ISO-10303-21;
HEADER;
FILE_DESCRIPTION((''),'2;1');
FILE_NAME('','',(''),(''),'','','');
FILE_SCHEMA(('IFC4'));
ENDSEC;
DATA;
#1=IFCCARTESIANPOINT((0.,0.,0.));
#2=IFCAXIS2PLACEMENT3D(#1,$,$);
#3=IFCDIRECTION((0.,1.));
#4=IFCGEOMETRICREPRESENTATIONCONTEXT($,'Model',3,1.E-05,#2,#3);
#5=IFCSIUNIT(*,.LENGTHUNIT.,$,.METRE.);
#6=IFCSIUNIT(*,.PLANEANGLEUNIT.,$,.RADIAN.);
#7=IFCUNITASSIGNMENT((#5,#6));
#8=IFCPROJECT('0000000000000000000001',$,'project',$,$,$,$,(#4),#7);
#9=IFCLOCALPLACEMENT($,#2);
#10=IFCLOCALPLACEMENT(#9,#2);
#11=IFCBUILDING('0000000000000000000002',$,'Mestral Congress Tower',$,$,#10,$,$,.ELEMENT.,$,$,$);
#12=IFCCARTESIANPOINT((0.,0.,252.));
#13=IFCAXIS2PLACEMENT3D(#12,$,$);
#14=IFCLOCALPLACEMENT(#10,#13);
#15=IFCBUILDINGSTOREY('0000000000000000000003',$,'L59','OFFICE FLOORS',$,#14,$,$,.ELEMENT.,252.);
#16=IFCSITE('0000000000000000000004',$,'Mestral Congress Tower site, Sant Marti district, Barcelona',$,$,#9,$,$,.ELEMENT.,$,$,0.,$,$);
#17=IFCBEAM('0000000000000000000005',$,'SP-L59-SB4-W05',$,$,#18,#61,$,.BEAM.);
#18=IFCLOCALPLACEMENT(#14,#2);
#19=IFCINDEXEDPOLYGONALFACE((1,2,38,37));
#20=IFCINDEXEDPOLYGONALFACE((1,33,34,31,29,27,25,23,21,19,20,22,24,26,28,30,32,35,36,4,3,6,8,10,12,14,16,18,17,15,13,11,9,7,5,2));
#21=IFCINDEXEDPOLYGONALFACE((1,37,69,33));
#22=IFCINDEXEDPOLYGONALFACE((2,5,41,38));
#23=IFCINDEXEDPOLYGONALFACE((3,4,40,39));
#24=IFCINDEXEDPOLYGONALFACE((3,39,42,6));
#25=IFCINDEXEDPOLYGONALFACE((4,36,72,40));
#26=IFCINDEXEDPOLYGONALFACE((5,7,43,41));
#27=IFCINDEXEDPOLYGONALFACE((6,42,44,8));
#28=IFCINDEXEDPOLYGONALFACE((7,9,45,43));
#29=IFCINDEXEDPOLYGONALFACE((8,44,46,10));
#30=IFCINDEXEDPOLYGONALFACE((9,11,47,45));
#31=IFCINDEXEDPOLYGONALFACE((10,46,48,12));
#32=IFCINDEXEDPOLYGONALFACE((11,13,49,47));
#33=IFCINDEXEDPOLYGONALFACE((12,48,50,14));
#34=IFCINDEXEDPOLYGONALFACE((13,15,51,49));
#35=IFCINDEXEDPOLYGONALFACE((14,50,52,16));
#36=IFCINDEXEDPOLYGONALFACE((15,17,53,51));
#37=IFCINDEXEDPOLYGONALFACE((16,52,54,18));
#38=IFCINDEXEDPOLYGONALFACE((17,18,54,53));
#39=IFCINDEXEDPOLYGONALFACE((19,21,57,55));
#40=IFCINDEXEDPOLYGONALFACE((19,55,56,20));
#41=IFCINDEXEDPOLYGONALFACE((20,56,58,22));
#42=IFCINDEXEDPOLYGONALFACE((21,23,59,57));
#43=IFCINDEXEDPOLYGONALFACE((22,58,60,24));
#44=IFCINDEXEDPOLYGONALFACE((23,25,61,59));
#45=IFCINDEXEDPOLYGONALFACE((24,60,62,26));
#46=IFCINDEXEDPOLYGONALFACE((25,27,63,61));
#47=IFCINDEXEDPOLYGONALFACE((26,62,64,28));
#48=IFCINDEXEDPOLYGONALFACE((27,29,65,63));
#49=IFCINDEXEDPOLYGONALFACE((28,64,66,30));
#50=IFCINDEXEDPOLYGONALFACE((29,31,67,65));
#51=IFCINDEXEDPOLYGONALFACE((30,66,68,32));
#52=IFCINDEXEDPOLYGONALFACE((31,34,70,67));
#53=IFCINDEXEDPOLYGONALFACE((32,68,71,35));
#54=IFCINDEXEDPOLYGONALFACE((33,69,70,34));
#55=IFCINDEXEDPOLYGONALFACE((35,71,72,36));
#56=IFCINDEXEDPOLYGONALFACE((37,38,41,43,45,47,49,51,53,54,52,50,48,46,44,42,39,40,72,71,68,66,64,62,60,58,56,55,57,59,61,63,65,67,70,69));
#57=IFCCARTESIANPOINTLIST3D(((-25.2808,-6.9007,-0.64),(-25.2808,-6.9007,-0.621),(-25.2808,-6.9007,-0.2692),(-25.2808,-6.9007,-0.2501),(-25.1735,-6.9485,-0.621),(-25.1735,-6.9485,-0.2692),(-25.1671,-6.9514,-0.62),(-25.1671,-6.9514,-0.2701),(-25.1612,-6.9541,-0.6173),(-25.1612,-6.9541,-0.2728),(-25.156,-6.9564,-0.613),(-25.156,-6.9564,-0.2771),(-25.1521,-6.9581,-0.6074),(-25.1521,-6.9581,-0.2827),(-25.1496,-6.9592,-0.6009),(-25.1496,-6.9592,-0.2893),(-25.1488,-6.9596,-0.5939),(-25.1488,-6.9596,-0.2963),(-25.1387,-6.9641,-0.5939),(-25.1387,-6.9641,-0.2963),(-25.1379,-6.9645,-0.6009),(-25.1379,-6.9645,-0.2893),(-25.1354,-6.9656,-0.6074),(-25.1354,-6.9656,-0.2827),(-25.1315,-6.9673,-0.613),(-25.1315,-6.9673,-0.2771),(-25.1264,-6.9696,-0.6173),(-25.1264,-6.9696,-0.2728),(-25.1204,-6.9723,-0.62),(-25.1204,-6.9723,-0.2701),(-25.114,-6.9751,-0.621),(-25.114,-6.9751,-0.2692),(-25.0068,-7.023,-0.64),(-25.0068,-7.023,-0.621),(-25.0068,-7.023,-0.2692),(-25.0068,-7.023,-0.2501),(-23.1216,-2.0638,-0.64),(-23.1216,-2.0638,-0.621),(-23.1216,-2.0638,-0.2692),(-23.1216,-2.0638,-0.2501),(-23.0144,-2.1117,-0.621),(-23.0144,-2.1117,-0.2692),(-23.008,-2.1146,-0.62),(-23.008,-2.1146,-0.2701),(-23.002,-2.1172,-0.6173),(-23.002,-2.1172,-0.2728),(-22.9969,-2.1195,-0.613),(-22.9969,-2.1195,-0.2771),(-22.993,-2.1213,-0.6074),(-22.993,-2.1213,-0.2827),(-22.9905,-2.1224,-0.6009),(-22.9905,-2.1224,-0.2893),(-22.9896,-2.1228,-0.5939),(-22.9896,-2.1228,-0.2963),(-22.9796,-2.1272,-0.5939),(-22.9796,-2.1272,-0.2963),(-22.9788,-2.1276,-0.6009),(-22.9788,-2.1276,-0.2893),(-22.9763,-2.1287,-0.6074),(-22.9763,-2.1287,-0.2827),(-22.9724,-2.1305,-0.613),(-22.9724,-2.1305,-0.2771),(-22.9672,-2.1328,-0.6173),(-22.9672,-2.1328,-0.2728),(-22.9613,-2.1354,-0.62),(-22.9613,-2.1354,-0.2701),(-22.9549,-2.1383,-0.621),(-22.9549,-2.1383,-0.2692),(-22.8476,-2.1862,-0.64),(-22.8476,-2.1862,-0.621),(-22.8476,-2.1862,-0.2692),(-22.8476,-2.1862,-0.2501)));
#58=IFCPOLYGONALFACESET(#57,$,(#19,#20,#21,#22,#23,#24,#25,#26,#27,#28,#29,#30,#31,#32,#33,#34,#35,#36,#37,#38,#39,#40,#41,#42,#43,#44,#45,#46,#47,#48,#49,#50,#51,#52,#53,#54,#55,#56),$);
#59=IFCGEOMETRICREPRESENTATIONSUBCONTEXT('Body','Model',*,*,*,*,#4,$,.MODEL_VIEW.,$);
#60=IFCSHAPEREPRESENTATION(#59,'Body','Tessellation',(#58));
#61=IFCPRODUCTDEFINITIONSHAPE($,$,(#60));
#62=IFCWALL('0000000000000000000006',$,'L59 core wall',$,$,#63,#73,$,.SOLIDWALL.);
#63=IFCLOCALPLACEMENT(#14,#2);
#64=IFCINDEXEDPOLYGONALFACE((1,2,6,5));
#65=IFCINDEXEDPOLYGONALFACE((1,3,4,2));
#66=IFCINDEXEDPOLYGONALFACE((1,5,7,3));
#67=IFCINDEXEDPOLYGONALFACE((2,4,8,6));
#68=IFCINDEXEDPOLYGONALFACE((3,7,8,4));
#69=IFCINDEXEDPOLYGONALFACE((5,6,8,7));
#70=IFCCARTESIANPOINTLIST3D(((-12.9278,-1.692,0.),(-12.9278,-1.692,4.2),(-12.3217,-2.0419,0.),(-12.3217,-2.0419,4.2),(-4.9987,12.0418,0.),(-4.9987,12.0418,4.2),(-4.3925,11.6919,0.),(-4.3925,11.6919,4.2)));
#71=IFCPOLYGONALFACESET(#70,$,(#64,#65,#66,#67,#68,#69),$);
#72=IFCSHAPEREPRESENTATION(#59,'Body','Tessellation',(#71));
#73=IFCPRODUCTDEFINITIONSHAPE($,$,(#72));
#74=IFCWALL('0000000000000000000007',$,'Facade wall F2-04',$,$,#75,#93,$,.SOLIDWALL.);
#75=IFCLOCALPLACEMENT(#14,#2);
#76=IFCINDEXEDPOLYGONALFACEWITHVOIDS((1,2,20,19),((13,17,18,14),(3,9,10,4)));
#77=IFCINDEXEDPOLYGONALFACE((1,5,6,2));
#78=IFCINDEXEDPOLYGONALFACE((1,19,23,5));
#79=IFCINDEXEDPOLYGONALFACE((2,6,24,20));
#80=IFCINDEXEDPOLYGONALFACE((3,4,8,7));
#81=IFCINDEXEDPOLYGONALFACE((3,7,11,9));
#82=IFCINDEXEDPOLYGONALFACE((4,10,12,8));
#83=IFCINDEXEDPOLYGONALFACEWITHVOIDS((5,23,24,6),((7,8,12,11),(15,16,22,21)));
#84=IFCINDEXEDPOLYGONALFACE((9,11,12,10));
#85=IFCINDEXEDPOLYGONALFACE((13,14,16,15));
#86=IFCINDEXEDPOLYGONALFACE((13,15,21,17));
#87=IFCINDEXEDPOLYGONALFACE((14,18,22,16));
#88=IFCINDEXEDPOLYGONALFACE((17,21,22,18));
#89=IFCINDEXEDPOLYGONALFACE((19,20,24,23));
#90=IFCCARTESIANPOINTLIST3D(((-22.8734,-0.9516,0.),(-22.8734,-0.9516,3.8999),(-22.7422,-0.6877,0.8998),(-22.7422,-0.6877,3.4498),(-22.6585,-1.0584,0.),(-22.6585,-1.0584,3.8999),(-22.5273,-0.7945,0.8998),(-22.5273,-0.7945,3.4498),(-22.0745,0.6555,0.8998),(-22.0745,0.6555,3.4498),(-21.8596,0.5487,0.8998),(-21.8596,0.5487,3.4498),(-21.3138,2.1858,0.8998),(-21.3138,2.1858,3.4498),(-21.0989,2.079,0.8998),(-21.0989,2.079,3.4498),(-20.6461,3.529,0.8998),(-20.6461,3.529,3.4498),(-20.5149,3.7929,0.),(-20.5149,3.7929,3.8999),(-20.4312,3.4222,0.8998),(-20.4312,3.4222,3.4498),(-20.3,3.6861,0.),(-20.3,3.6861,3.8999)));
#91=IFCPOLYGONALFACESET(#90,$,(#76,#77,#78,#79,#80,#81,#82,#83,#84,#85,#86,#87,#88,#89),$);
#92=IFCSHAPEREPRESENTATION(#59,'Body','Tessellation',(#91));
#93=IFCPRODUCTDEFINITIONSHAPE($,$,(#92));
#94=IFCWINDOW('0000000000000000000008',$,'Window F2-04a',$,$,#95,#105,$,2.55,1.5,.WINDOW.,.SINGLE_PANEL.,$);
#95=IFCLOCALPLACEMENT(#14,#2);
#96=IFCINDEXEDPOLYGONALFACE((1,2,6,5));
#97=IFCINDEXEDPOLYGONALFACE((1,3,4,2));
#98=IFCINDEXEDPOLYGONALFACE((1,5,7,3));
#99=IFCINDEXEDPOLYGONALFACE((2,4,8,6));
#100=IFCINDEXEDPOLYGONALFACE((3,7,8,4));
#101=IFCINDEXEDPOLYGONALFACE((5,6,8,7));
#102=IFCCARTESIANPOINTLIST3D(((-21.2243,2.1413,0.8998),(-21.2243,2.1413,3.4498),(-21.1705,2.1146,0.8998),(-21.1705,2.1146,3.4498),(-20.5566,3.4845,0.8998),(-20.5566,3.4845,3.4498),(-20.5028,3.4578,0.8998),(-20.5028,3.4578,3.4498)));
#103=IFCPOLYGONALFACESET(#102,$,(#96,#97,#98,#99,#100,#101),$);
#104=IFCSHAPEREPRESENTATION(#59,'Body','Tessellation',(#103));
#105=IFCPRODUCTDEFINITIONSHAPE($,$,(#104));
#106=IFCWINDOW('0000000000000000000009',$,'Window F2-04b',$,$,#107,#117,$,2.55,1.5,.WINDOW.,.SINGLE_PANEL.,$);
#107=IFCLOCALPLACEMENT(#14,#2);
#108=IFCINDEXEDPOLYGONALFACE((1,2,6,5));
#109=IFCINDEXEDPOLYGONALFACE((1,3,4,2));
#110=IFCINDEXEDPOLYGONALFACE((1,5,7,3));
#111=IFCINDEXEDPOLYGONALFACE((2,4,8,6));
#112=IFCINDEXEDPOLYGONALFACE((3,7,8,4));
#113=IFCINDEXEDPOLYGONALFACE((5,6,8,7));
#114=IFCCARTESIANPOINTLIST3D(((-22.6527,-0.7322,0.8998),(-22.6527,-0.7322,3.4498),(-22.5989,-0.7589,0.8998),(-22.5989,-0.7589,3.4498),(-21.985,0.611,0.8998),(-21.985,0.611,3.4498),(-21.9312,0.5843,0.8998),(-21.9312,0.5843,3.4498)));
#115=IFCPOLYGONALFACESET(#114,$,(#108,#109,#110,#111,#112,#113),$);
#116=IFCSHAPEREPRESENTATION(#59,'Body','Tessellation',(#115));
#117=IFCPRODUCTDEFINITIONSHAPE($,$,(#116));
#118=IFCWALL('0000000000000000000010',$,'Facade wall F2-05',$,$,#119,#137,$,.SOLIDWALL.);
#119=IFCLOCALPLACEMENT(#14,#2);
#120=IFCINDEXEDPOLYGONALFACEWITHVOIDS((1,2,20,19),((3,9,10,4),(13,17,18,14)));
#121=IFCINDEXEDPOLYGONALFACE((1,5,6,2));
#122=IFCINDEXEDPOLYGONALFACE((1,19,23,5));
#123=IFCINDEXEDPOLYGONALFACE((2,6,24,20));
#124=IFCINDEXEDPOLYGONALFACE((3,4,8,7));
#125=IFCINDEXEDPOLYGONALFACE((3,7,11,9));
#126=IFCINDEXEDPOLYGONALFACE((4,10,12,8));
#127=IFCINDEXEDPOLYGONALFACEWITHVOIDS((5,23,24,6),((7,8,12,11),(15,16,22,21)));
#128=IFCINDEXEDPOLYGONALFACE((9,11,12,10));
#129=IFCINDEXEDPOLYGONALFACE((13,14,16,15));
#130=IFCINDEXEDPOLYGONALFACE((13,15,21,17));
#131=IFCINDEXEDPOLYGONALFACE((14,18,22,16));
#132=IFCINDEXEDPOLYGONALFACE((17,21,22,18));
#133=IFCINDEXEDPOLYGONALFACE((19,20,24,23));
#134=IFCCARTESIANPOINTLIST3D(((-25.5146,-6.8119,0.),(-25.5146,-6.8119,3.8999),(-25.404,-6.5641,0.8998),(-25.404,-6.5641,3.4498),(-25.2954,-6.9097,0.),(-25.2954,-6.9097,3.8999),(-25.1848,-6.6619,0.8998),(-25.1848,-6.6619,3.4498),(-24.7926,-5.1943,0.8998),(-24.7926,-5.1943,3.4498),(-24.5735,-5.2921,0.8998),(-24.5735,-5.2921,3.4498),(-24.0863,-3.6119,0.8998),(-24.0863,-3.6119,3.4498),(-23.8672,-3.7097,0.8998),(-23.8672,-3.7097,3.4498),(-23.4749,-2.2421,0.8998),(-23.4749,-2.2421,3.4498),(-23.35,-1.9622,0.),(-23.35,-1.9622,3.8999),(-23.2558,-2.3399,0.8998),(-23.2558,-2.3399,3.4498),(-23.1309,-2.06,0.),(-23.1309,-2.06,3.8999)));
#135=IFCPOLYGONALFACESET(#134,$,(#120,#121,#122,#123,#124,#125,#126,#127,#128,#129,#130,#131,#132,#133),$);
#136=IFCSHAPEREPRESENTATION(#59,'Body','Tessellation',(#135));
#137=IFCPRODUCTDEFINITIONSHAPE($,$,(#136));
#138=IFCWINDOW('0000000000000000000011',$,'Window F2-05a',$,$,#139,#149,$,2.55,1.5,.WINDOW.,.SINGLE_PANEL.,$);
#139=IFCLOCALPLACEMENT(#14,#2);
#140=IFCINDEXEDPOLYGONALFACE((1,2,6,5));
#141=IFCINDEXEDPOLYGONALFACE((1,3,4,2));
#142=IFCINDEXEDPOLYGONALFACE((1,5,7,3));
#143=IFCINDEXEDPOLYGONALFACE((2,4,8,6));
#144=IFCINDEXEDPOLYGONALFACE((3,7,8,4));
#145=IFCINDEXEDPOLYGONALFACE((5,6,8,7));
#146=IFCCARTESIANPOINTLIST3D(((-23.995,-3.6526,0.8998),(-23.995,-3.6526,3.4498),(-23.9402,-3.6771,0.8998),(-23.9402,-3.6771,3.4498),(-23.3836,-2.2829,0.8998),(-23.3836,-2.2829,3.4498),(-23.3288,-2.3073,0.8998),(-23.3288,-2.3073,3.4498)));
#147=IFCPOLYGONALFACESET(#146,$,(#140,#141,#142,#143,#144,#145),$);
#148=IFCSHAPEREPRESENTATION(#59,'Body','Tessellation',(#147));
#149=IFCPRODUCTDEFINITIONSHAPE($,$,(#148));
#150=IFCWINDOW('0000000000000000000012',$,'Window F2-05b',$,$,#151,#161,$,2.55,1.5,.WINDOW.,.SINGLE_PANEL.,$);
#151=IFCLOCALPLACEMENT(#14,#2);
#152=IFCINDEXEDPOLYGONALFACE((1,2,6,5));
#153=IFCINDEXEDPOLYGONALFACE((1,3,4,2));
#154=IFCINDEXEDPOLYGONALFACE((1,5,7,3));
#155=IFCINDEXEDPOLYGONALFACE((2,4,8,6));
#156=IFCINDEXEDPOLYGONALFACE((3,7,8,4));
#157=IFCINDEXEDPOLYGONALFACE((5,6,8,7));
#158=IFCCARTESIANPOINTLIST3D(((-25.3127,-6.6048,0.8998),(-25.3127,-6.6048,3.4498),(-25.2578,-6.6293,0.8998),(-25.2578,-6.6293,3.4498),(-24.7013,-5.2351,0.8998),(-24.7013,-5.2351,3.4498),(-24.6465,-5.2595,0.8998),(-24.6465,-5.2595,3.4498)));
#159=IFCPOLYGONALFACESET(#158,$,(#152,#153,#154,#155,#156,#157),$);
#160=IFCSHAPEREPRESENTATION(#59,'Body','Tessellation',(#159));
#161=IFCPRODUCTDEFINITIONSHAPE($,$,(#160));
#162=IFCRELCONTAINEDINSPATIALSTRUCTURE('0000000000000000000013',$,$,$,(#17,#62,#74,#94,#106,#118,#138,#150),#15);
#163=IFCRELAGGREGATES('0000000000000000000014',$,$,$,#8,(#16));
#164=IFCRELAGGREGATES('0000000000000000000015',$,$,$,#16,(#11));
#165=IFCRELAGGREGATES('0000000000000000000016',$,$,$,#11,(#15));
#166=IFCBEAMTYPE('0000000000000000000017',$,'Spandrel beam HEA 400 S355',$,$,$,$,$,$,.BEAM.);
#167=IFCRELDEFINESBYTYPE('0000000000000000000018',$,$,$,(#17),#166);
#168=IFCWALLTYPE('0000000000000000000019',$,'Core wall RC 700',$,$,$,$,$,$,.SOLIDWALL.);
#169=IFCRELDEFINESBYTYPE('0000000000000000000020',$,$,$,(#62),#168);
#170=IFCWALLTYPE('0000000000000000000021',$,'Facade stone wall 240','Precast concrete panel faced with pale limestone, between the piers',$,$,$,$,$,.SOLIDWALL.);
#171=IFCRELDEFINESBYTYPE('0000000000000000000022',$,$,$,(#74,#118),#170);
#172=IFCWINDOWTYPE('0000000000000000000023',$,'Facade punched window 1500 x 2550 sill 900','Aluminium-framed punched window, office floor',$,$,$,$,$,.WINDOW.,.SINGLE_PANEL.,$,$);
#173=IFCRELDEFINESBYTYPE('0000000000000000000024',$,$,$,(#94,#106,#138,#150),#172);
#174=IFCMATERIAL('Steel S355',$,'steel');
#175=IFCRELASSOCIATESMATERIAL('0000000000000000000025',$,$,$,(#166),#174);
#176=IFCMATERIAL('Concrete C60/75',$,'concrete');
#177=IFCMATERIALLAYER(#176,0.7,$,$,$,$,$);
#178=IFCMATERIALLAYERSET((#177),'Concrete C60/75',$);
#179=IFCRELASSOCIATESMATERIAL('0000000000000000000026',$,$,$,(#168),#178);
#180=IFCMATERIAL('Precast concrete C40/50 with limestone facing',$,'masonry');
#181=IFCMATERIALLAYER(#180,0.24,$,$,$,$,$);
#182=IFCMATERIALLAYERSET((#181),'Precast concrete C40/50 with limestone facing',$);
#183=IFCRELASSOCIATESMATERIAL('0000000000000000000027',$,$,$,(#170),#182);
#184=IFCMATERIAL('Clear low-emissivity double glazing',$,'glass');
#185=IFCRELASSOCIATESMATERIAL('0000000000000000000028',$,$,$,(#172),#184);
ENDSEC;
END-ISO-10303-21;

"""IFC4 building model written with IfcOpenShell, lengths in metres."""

from ifc_helpers import new_model, si_unit, direction, frame, frame_2d, origin, origin_2d, place, context, subcontext, project, spatial, rectangle, i_section, extrude, material, layer, layer_set, material_profile, profile_set, type_object, element, fill, save


model = new_model("IFC4")

# Units and contexts
model_context = context("Model", 3, precision=1e-05, world=origin(), true_north=direction((0.0, 1.0)))
body_context = subcontext(model_context, "Body", "Model", "MODEL_VIEW")
ifc_project = project(units=[si_unit("LENGTHUNIT", "METRE"), si_unit("PLANEANGLEUNIT", "RADIAN")], contexts=[model_context])

# Site, building, storey
site_placement = place(None, origin())
site = spatial("IfcSite", under=ifc_project, at=site_placement, Name="Mestral Congress Tower site, Sant Marti district, Barcelona", CompositionType="ELEMENT", RefElevation=0.0)
building_placement = place(site_placement, origin())
building = spatial("IfcBuilding", under=site, at=building_placement, Name="Mestral Congress Tower", CompositionType="ELEMENT")
storey_placement = place(building_placement, frame((0.0, 0.0, 252.0)))
storey = spatial("IfcBuildingStorey", under=building, at=storey_placement, Name="L59", Description="OFFICE FLOORS", CompositionType="ELEMENT", Elevation=252.0)

# Shared definitions
ifc_material_1 = material(Name="Concrete C60/75", Category="concrete")

# Beam
ifc_material_2 = material(Name="Steel S355", Category="steel")
ifc_material_profile_1 = material_profile(ifc_material_2, i_section(OverallWidth=0.3, OverallDepth=0.3899, WebThickness=0.011, FlangeThickness=0.019, FilletRadius=0.0271, at=origin_2d()), Name="HEA 400")
ifc_profile_set_1 = profile_set([ifc_material_profile_1], Name="Steel S355")
beam_type_1 = type_object("IfcBeamType", Name="Spandrel beam HEA 400 S355", PredefinedType="BEAM", material=ifc_profile_set_1)
beam_1_placement = place(storey_placement, frame((-22.9846, -2.125, -0.4451), z_axis=(-0.407626, -0.913149, 0.0), x_axis=(0.913149, -0.407626, 0.0)))
element("IfcBeam", 1, at=beam_1_placement, inside=storey, type_object=beam_type_1, Name="SP-L59-SB4-W05", PredefinedType="BEAM", context=body_context, shape_type="SweptSolid", body=[
    extrude(i_section(OverallWidth=0.3, OverallDepth=0.3899, WebThickness=0.011, FlangeThickness=0.019, FilletRadius=0.0271, at=origin_2d()), origin(), (0.0, 0.0, 1.0), 5.2969),
])

# Wall
ifc_layer_1 = layer(ifc_material_1, 0.7)
ifc_layer_set_1 = layer_set([ifc_layer_1], Name="Concrete C60/75")
wall_type_1 = type_object("IfcWallType", Name="Core wall RC 700", PredefinedType="SOLIDWALL", material=ifc_layer_set_1)
wall_1_placement = place(storey_placement, frame((-12.6248, -1.8669, 0.0), z_axis=(0.0, 0.0, 1.0), x_axis=(0.499997, 0.866027, 0.0)))
element("IfcWall", 2, at=wall_1_placement, inside=storey, type_object=wall_type_1, Name="L59 core wall", PredefinedType="SOLIDWALL", context=body_context, shape_type="SweptSolid", body=[
    extrude(rectangle(XDim=15.8584, YDim=0.7, at=frame_2d((7.9292, 0.0))), origin(), (0.0, 0.0, 1.0), 4.2),
])

# Walls, openings, windows
ifc_material_3 = material(Name="Precast concrete C40/50 with limestone facing", Category="masonry")
ifc_layer_2 = layer(ifc_material_3, 0.24)
ifc_layer_set_2 = layer_set([ifc_layer_2], Name="Precast concrete C40/50 with limestone facing")
wall_type_2 = type_object("IfcWallType", Name="Facade stone wall 240", Description="Precast concrete panel faced with pale limestone, between the piers", PredefinedType="SOLIDWALL", material=ifc_layer_set_2)
wall_2_placement = place(storey_placement, frame((-20.4075, 3.7395, 0.0), z_axis=(0.0, 0.0, 1.0), x_axis=(-0.44513, -0.895466, 0.0)))
wall_2 = element("IfcWall", 3, at=wall_2_placement, inside=storey, type_object=wall_type_2, Name="Facade wall F2-04", PredefinedType="SOLIDWALL", context=body_context, shape_type="SweptSolid", body=[
    extrude(rectangle(XDim=5.2983, YDim=0.24, at=frame_2d((2.6492, 0.0))), origin(), (0.0, 0.0, 1.0), 3.8999),
])
opening_1_placement = place(wall_2_placement, frame((0.2947, 0.0, 0.8999)))
opening_1 = element("IfcOpeningElement", 4, at=opening_1_placement, cuts=wall_2, PredefinedType="OPENING", context=body_context, shape_type="SweptSolid", body=[
    extrude(rectangle(XDim=1.5, YDim=2.55, at=frame_2d((0.75, 1.2749))), frame((0.0, 0.1299, 0.0), z_axis=(0.0, -1.0, 0.0), x_axis=(1.0, 0.0, 0.0)), (0.0, 0.0, 1.0), 0.26),
])
opening_2_placement = place(wall_2_placement, frame((3.5037, 0.0, 0.8999)))
opening_2 = element("IfcOpeningElement", 5, at=opening_2_placement, cuts=wall_2, PredefinedType="OPENING", context=body_context, shape_type="SweptSolid", body=[
    extrude(rectangle(XDim=1.5, YDim=2.55, at=frame_2d((0.75, 1.2749))), frame((0.0, 0.1299, 0.0), z_axis=(0.0, -1.0, 0.0), x_axis=(1.0, 0.0, 0.0)), (0.0, 0.0, 1.0), 0.26),
])
ifc_material_4 = material(Name="Clear low-emissivity double glazing", Category="glass")
window_type = type_object("IfcWindowType", Name="Facade punched window 1500 x 2550 sill 900", Description="Aluminium-framed punched window, office floor", PartitioningType="SINGLE_PANEL", PredefinedType="WINDOW", material=ifc_material_4)
window_1_placement = place(opening_1_placement, origin())
window_1 = element("IfcWindow", 6, at=window_1_placement, inside=storey, type_object=window_type, Name="Window F2-04a", OverallHeight=2.55, OverallWidth=1.5, PartitioningType="SINGLE_PANEL", PredefinedType="WINDOW", context=body_context, shape_type="SweptSolid", body=[
    extrude(rectangle(XDim=1.5, YDim=2.55, at=frame_2d((0.75, 1.2749))), frame((0.0, 0.04, 0.0), z_axis=(0.0, -1.0, 0.0), x_axis=(1.0, 0.0, 0.0)), (0.0, 0.0, 1.0), 0.0601),
])
fill(opening_1, window_1)
window_2_placement = place(opening_2_placement, origin())
window_2 = element("IfcWindow", 7, at=window_2_placement, inside=storey, type_object=window_type, Name="Window F2-04b", OverallHeight=2.55, OverallWidth=1.5, PartitioningType="SINGLE_PANEL", PredefinedType="WINDOW", context=body_context, shape_type="SweptSolid", body=[
    extrude(rectangle(XDim=1.5, YDim=2.55, at=frame_2d((0.75, 1.2749))), frame((0.0, 0.04, 0.0), z_axis=(0.0, -1.0, 0.0), x_axis=(1.0, 0.0, 0.0)), (0.0, 0.0, 1.0), 0.0601),
])
fill(opening_2, window_2)
wall_3_placement = place(storey_placement, frame((-23.2405, -2.0112, 0.0), z_axis=(0.0, 0.0, 1.0), x_axis=(-0.40758, -0.91317, 0.0)))
wall_3 = element("IfcWall", 8, at=wall_3_placement, inside=storey, type_object=wall_type_2, Name="Facade wall F2-05", PredefinedType="SOLIDWALL", context=body_context, shape_type="SweptSolid", body=[
    extrude(rectangle(XDim=5.3108, YDim=0.24, at=frame_2d((2.6553, 0.0))), origin(), (0.0, 0.0, 1.0), 3.8999),
])
opening_3_placement = place(wall_3_placement, frame((0.3064, 0.0, 0.8999)))
opening_3 = element("IfcOpeningElement", 9, at=opening_3_placement, cuts=wall_3, PredefinedType="OPENING", context=body_context, shape_type="SweptSolid", body=[
    extrude(rectangle(XDim=1.5, YDim=2.55, at=frame_2d((0.75, 1.2749))), frame((0.0, 0.1299, 0.0), z_axis=(0.0, -1.0, 0.0), x_axis=(1.0, 0.0, 0.0)), (0.0, 0.0, 1.0), 0.26),
])
opening_4_placement = place(wall_3_placement, frame((3.5393, 0.0, 0.8999)))
opening_4 = element("IfcOpeningElement", 10, at=opening_4_placement, cuts=wall_3, PredefinedType="OPENING", context=body_context, shape_type="SweptSolid", body=[
    extrude(rectangle(XDim=1.5, YDim=2.55, at=frame_2d((0.75, 1.2749))), frame((0.0, 0.1299, 0.0), z_axis=(0.0, -1.0, 0.0), x_axis=(1.0, 0.0, 0.0)), (0.0, 0.0, 1.0), 0.26),
])
window_3_placement = place(opening_3_placement, origin())
window_3 = element("IfcWindow", 11, at=window_3_placement, inside=storey, type_object=window_type, Name="Window F2-05a", OverallHeight=2.55, OverallWidth=1.5, PartitioningType="SINGLE_PANEL", PredefinedType="WINDOW", context=body_context, shape_type="SweptSolid", body=[
    extrude(rectangle(XDim=1.5, YDim=2.55, at=frame_2d((0.75, 1.2749))), frame((0.0, 0.04, 0.0), z_axis=(0.0, -1.0, 0.0), x_axis=(1.0, 0.0, 0.0)), (0.0, 0.0, 1.0), 0.0601),
])
fill(opening_3, window_3)
window_4_placement = place(opening_4_placement, origin())
window_4 = element("IfcWindow", 12, at=window_4_placement, inside=storey, type_object=window_type, Name="Window F2-05b", OverallHeight=2.55, OverallWidth=1.5, PartitioningType="SINGLE_PANEL", PredefinedType="WINDOW", context=body_context, shape_type="SweptSolid", body=[
    extrude(rectangle(XDim=1.5, YDim=2.55, at=frame_2d((0.75, 1.2749))), frame((0.0, 0.04, 0.0), z_axis=(0.0, -1.0, 0.0), x_axis=(1.0, 0.0, 0.0)), (0.0, 0.0, 1.0), 0.0601),
])
fill(opening_4, window_4)

save(model, "model.ifc")
